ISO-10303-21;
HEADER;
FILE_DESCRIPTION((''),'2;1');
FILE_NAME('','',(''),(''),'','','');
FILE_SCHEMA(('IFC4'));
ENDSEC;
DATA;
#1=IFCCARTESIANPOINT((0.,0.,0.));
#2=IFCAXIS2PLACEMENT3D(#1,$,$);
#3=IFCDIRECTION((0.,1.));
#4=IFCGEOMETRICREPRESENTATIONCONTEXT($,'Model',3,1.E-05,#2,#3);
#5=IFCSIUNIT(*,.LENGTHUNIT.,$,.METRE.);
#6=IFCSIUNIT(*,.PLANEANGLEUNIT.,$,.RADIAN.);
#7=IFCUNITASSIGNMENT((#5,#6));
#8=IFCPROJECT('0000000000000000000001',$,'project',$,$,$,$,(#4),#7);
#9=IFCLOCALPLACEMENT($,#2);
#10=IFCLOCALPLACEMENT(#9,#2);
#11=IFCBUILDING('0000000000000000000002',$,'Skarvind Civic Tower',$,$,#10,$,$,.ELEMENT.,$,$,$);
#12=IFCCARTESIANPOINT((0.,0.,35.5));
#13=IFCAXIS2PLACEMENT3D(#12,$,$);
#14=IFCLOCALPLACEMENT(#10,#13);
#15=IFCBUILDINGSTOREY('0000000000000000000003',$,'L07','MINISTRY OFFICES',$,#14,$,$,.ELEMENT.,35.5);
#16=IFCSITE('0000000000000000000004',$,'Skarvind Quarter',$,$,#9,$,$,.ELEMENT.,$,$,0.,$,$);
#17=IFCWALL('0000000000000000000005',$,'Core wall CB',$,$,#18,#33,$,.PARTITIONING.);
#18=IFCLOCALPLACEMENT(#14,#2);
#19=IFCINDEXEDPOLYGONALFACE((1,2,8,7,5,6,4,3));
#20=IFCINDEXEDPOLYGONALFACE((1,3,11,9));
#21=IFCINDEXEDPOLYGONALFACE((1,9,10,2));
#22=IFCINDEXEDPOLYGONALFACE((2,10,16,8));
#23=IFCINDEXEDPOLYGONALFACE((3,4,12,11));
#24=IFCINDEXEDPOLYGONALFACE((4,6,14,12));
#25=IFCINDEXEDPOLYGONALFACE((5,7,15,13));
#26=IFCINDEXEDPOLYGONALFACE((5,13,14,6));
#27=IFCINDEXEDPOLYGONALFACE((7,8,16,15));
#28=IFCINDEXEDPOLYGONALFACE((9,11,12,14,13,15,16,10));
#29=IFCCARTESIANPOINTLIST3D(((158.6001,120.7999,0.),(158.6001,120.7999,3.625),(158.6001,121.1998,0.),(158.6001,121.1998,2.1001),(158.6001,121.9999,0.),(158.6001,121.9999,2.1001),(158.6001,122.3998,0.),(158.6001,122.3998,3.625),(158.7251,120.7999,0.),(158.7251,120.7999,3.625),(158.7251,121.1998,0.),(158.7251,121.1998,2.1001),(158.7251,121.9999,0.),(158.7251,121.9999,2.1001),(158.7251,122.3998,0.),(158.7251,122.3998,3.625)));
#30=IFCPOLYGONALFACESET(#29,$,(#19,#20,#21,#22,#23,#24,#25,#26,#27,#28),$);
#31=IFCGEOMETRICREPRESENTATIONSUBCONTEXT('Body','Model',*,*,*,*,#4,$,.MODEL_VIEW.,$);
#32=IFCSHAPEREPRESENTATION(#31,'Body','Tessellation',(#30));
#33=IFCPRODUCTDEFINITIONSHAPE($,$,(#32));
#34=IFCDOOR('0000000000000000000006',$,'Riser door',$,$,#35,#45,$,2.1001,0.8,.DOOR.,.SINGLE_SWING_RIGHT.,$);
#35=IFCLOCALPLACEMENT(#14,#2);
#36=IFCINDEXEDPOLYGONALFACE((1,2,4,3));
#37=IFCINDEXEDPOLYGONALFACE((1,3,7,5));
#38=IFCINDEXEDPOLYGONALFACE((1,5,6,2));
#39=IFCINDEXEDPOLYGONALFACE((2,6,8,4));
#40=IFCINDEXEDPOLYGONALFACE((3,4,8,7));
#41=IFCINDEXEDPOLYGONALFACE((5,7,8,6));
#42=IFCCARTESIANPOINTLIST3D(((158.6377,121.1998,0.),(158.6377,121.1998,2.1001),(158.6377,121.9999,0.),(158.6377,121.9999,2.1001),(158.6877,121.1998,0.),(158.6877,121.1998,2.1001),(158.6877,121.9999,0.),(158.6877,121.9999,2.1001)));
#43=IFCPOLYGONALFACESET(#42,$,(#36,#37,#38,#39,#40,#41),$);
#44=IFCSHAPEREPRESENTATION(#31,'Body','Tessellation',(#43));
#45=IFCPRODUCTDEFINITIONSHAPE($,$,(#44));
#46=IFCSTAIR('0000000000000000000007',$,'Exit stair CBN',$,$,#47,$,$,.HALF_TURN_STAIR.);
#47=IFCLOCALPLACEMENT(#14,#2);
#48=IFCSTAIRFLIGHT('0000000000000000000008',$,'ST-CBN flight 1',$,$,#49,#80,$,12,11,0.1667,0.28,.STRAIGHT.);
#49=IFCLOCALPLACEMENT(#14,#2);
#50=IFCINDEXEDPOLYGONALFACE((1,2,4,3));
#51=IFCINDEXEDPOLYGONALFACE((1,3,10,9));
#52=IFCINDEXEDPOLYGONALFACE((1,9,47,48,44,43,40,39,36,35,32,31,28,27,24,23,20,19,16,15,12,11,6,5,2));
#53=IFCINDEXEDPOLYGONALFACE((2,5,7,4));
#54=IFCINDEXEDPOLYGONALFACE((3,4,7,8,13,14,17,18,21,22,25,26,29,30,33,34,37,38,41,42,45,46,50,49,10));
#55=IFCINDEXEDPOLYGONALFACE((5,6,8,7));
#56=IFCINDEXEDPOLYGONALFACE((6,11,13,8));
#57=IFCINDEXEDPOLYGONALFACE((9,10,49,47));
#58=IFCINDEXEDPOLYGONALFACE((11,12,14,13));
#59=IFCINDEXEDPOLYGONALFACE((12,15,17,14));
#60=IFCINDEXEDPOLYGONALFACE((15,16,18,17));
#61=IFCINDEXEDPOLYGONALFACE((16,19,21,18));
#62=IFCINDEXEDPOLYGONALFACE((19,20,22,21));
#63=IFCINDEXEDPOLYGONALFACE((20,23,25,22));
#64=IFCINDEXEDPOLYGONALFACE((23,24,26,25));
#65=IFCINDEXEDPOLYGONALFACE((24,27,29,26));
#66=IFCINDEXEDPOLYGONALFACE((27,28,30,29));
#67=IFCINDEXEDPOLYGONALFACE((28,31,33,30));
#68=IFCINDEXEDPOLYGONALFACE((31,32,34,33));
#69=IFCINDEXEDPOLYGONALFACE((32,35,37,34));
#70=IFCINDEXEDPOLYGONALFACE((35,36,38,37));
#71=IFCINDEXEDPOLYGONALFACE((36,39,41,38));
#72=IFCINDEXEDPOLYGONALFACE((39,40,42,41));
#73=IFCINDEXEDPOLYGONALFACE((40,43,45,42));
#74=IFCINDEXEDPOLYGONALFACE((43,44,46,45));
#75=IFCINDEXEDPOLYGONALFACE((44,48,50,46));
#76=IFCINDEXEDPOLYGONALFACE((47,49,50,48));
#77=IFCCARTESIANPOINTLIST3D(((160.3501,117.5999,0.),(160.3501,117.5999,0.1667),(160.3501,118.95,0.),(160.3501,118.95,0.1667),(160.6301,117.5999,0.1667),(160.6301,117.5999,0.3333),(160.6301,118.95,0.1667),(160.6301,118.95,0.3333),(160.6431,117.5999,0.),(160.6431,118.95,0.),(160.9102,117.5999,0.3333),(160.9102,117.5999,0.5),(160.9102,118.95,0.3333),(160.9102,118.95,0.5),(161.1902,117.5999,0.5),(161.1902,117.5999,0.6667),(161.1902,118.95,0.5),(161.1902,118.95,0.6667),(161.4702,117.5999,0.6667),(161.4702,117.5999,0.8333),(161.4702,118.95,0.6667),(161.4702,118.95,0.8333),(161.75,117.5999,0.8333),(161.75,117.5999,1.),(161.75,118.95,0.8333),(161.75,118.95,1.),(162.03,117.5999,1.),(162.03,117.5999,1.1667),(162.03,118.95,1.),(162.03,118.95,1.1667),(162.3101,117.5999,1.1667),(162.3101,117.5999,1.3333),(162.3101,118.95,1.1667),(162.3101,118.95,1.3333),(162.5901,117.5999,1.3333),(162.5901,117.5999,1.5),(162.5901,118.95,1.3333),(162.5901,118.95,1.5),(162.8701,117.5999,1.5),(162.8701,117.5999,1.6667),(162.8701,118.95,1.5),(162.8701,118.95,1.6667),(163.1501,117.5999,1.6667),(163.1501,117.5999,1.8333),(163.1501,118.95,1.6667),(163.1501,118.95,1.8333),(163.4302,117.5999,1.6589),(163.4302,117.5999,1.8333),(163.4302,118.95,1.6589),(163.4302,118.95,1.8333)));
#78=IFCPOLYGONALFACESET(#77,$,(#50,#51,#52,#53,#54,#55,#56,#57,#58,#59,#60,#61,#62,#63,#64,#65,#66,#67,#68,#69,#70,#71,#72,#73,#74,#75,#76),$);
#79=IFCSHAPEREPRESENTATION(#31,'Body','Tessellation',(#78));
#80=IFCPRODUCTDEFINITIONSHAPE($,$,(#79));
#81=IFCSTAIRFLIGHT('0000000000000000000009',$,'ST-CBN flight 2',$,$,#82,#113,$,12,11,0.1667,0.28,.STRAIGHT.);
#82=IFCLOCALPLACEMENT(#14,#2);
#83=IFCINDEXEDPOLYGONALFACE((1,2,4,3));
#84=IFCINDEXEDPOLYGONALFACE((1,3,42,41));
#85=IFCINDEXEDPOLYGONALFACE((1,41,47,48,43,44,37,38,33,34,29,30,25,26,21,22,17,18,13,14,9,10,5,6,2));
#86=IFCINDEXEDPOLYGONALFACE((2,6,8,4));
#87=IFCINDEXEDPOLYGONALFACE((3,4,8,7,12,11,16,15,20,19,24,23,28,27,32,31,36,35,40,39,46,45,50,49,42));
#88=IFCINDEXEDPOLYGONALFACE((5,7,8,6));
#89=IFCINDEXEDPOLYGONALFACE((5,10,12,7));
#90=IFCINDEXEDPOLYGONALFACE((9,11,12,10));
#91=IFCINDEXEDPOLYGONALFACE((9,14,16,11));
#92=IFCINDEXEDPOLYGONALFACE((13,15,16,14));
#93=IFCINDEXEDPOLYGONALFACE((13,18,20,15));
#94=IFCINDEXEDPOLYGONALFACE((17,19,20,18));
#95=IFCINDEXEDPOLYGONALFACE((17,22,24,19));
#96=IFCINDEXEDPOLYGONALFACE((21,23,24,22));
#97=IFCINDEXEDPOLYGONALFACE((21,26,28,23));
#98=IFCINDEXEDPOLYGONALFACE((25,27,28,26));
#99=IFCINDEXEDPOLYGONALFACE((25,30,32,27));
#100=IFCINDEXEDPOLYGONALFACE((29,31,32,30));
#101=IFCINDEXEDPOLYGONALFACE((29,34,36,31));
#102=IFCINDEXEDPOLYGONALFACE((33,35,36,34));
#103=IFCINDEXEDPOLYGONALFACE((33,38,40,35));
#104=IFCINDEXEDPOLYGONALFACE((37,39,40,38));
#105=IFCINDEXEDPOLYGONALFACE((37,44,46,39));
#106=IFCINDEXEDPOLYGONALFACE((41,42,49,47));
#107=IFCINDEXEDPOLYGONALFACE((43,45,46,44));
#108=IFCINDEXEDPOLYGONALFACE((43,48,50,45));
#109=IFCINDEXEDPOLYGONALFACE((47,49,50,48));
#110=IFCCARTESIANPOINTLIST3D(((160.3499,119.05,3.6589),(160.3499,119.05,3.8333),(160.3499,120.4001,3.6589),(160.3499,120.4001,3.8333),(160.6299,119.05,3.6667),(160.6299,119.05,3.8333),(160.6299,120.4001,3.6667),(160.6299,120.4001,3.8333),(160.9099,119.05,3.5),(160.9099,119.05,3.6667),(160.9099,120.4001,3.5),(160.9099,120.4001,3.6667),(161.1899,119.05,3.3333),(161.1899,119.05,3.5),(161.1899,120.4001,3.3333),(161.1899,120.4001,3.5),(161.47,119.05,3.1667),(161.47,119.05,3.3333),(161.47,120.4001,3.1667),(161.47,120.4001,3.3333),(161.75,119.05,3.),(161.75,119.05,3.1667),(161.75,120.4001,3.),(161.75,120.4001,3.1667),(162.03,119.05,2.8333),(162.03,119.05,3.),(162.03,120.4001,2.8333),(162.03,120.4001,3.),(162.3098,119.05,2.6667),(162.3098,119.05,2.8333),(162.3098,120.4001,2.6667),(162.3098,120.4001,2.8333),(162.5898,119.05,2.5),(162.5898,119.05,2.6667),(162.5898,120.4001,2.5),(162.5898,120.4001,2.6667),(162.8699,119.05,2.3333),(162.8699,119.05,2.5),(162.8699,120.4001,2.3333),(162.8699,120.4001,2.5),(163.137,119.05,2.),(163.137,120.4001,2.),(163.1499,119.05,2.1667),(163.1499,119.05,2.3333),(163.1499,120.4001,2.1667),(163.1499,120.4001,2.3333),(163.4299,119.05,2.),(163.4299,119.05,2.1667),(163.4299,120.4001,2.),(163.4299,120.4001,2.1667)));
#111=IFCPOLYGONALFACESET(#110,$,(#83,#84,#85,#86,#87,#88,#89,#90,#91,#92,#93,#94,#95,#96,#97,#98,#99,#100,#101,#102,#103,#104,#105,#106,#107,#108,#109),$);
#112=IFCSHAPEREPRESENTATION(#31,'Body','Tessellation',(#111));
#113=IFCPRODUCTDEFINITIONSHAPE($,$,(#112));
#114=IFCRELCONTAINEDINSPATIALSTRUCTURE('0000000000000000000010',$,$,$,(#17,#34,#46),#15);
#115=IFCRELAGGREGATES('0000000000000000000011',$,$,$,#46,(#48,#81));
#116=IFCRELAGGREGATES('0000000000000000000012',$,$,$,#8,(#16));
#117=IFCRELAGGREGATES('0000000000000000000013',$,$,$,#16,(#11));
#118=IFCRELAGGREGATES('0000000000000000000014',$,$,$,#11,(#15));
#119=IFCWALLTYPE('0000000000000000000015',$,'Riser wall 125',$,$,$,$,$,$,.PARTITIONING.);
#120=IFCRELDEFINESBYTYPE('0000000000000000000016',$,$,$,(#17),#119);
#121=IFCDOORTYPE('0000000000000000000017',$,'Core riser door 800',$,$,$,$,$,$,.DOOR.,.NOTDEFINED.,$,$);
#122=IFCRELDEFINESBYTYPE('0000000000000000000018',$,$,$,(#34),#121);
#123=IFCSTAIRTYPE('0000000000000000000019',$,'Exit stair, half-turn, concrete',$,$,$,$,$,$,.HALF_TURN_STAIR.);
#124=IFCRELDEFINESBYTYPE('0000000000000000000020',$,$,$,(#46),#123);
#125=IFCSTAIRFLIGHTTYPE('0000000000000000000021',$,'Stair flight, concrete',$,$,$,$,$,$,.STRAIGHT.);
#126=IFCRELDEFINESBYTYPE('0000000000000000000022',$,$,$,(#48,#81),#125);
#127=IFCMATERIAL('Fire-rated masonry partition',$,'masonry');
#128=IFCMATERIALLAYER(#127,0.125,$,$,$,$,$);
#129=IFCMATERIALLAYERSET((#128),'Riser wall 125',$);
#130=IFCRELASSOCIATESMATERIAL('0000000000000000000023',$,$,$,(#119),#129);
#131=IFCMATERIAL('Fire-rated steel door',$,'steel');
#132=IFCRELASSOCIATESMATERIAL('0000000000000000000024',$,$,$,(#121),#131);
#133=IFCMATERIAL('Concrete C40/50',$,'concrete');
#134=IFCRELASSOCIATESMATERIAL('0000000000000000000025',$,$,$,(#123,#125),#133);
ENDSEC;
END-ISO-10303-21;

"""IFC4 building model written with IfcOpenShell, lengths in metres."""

from ifc_helpers import new_model, si_unit, direction, frame, frame_2d, origin, place, context, subcontext, project, spatial, polyline, rectangle, outline, extrude, material, layer, layer_set, type_object, element, fill, aggregate, save


model = new_model("IFC4")

# Units and contexts
model_context = context("Model", 3, precision=1e-05, world=origin(), true_north=direction((0.0, 1.0)))
body_context = subcontext(model_context, "Body", "Model", "MODEL_VIEW")
ifc_project = project(units=[si_unit("LENGTHUNIT", "METRE"), si_unit("PLANEANGLEUNIT", "RADIAN")], contexts=[model_context])

# Site, building, storey
site_placement = place(None, origin())
site = spatial("IfcSite", under=ifc_project, at=site_placement, Name="Skarvind Quarter", CompositionType="ELEMENT", RefElevation=0.0)
building_placement = place(site_placement, origin())
building = spatial("IfcBuilding", under=site, at=building_placement, Name="Skarvind Civic Tower", CompositionType="ELEMENT")
storey_placement = place(building_placement, frame((0.0, 0.0, 35.5)))
storey = spatial("IfcBuildingStorey", under=building, at=storey_placement, Name="L07", Description="MINISTRY OFFICES", CompositionType="ELEMENT", Elevation=35.5)

# Shared definitions
ifc_material_1 = material(Name="Fire-rated masonry partition", Category="masonry")
ifc_material_2 = material(Name="Fire-rated steel door", Category="steel")

# Wall, opening, door
ifc_layer_1 = layer(ifc_material_1, 0.125)
ifc_layer_set_1 = layer_set([ifc_layer_1], Name="Riser wall 125")
wall_type_1 = type_object("IfcWallType", Name="Riser wall 125", PredefinedType="PARTITIONING", material=ifc_layer_set_1)
wall_1_placement = place(storey_placement, frame((158.6626, 120.8, 0.0), z_axis=(0.0, 0.0, 1.0), x_axis=(0.0, 1.0, 0.0)))
wall_1 = element("IfcWall", 1, at=wall_1_placement, inside=storey, type_object=wall_type_1, Name="Core wall CB", PredefinedType="PARTITIONING", context=body_context, shape_type="SweptSolid", body=[
    extrude(rectangle(XDim=1.5999, YDim=0.125, at=frame_2d((0.7998, 0.0))), origin(), (0.0, 0.0, 1.0), 3.625),
])
opening_1_placement = place(wall_1_placement, frame((0.3999, 0.0, 0.0)))
opening_1 = element("IfcOpeningElement", 2, at=opening_1_placement, cuts=wall_1, PredefinedType="OPENING", context=body_context, shape_type="SweptSolid", body=[
    extrude(rectangle(XDim=0.8, YDim=2.1001, at=frame_2d((0.3999, 1.05))), frame((0.0, 0.0725, 0.0), z_axis=(0.0, -1.0, 0.0), x_axis=(1.0, 0.0, 0.0)), (0.0, 0.0, 1.0), 0.145),
])
door_type_1 = type_object("IfcDoorType", Name="Core riser door 800", OperationType="NOTDEFINED", PredefinedType="DOOR", material=ifc_material_2)
door_1_placement = place(opening_1_placement, origin())
door_1 = element("IfcDoor", 3, at=door_1_placement, inside=storey, type_object=door_type_1, Name="Riser door", OperationType="SINGLE_SWING_RIGHT", OverallHeight=2.1001, OverallWidth=0.8, PredefinedType="DOOR", context=body_context, shape_type="SweptSolid", body=[
    extrude(rectangle(XDim=0.8, YDim=2.1001, at=frame_2d((0.3999, 1.05))), frame((0.0, 0.0249, 0.0), z_axis=(0.0, -1.0, 0.0), x_axis=(1.0, 0.0, 0.0)), (0.0, 0.0, 1.0), 0.05),
])
fill(opening_1, door_1)

# Stair, stair flights
ifc_material_3 = material(Name="Concrete C40/50", Category="concrete")
stair_type = type_object("IfcStairType", Name="Exit stair, half-turn, concrete", PredefinedType="HALF_TURN_STAIR", material=ifc_material_3)
stair_placement = place(storey_placement, origin())
stair = element("IfcStair", 4, at=stair_placement, inside=storey, type_object=stair_type, Name="Exit stair CBN", PredefinedType="HALF_TURN_STAIR")
stair_flight_type = type_object("IfcStairFlightType", Name="Stair flight, concrete", PredefinedType="STRAIGHT", material=ifc_material_3)
stair_flight_1_placement = place(storey_placement, frame((160.3501, 118.2749, 0.0), z_axis=(0.0, 0.0, 1.0), x_axis=(1.0, 0.0, 0.0)))
stair_flight_1 = element("IfcStairFlight", 5, at=stair_flight_1_placement, type_object=stair_flight_type, Name="ST-CBN flight 1", NumberOfRisers=12, NumberOfTreads=11, PredefinedType="STRAIGHT", RiserHeight=0.1667, TreadLength=0.28, context=body_context, shape_type="SweptSolid", body=[
    extrude(outline(polyline([(0.0, 0.0), (0.0, 0.1667), (0.28, 0.1667), (0.28, 0.3333), (0.5601, 0.3333), (0.5601, 0.5), (0.8401, 0.5), (0.8401, 0.6667), (1.1201, 0.6667), (1.1201, 0.8333), (1.3999, 0.8333), (1.3999, 1.0), (1.6799, 1.0), (1.6799, 1.1667), (1.96, 1.1667), (1.96, 1.3333), (2.24, 1.3333), (2.24, 1.5), (2.52, 1.5), (2.52, 1.6667), (2.8, 1.6667), (2.8, 1.8333), (3.0801, 1.8333), (3.0801, 2.0), (3.0801, 1.6589), (0.293, 0.0), (0.0, 0.0)])), frame((0.0, 0.675, 0.0), z_axis=(0.0, -1.0, 0.0), x_axis=(1.0, 0.0, 0.0)), (0.0, 0.0, 1.0), 1.3501),
])
stair_flight_2_placement = place(storey_placement, frame((163.4299, 119.7251, 2.0), z_axis=(0.0, 0.0, 1.0), x_axis=(-1.0, 0.0, 0.0)))
stair_flight_2 = element("IfcStairFlight", 6, at=stair_flight_2_placement, type_object=stair_flight_type, Name="ST-CBN flight 2", NumberOfRisers=12, NumberOfTreads=11, PredefinedType="STRAIGHT", RiserHeight=0.1667, TreadLength=0.28, context=body_context, shape_type="SweptSolid", body=[
    extrude(outline(polyline([(0.0, 0.0), (0.0, 0.1667), (0.28, 0.1667), (0.28, 0.3333), (0.5601, 0.3333), (0.5601, 0.5), (0.8401, 0.5), (0.8401, 0.6667), (1.1201, 0.6667), (1.1201, 0.8333), (1.3999, 0.8333), (1.3999, 1.0), (1.6799, 1.0), (1.6799, 1.1667), (1.96, 1.1667), (1.96, 1.3333), (2.24, 1.3333), (2.24, 1.5), (2.52, 1.5), (2.52, 1.6667), (2.8, 1.6667), (2.8, 1.8333), (3.0801, 1.8333), (3.0801, 2.0), (3.0801, 1.6589), (0.293, 0.0), (0.0, 0.0)])), frame((0.0, 0.675, 0.0), z_axis=(0.0, -1.0, 0.0), x_axis=(1.0, 0.0, 0.0)), (0.0, 0.0, 1.0), 1.3501),
])
aggregate(stair, [stair_flight_1, stair_flight_2])

save(model, "model.ifc")
